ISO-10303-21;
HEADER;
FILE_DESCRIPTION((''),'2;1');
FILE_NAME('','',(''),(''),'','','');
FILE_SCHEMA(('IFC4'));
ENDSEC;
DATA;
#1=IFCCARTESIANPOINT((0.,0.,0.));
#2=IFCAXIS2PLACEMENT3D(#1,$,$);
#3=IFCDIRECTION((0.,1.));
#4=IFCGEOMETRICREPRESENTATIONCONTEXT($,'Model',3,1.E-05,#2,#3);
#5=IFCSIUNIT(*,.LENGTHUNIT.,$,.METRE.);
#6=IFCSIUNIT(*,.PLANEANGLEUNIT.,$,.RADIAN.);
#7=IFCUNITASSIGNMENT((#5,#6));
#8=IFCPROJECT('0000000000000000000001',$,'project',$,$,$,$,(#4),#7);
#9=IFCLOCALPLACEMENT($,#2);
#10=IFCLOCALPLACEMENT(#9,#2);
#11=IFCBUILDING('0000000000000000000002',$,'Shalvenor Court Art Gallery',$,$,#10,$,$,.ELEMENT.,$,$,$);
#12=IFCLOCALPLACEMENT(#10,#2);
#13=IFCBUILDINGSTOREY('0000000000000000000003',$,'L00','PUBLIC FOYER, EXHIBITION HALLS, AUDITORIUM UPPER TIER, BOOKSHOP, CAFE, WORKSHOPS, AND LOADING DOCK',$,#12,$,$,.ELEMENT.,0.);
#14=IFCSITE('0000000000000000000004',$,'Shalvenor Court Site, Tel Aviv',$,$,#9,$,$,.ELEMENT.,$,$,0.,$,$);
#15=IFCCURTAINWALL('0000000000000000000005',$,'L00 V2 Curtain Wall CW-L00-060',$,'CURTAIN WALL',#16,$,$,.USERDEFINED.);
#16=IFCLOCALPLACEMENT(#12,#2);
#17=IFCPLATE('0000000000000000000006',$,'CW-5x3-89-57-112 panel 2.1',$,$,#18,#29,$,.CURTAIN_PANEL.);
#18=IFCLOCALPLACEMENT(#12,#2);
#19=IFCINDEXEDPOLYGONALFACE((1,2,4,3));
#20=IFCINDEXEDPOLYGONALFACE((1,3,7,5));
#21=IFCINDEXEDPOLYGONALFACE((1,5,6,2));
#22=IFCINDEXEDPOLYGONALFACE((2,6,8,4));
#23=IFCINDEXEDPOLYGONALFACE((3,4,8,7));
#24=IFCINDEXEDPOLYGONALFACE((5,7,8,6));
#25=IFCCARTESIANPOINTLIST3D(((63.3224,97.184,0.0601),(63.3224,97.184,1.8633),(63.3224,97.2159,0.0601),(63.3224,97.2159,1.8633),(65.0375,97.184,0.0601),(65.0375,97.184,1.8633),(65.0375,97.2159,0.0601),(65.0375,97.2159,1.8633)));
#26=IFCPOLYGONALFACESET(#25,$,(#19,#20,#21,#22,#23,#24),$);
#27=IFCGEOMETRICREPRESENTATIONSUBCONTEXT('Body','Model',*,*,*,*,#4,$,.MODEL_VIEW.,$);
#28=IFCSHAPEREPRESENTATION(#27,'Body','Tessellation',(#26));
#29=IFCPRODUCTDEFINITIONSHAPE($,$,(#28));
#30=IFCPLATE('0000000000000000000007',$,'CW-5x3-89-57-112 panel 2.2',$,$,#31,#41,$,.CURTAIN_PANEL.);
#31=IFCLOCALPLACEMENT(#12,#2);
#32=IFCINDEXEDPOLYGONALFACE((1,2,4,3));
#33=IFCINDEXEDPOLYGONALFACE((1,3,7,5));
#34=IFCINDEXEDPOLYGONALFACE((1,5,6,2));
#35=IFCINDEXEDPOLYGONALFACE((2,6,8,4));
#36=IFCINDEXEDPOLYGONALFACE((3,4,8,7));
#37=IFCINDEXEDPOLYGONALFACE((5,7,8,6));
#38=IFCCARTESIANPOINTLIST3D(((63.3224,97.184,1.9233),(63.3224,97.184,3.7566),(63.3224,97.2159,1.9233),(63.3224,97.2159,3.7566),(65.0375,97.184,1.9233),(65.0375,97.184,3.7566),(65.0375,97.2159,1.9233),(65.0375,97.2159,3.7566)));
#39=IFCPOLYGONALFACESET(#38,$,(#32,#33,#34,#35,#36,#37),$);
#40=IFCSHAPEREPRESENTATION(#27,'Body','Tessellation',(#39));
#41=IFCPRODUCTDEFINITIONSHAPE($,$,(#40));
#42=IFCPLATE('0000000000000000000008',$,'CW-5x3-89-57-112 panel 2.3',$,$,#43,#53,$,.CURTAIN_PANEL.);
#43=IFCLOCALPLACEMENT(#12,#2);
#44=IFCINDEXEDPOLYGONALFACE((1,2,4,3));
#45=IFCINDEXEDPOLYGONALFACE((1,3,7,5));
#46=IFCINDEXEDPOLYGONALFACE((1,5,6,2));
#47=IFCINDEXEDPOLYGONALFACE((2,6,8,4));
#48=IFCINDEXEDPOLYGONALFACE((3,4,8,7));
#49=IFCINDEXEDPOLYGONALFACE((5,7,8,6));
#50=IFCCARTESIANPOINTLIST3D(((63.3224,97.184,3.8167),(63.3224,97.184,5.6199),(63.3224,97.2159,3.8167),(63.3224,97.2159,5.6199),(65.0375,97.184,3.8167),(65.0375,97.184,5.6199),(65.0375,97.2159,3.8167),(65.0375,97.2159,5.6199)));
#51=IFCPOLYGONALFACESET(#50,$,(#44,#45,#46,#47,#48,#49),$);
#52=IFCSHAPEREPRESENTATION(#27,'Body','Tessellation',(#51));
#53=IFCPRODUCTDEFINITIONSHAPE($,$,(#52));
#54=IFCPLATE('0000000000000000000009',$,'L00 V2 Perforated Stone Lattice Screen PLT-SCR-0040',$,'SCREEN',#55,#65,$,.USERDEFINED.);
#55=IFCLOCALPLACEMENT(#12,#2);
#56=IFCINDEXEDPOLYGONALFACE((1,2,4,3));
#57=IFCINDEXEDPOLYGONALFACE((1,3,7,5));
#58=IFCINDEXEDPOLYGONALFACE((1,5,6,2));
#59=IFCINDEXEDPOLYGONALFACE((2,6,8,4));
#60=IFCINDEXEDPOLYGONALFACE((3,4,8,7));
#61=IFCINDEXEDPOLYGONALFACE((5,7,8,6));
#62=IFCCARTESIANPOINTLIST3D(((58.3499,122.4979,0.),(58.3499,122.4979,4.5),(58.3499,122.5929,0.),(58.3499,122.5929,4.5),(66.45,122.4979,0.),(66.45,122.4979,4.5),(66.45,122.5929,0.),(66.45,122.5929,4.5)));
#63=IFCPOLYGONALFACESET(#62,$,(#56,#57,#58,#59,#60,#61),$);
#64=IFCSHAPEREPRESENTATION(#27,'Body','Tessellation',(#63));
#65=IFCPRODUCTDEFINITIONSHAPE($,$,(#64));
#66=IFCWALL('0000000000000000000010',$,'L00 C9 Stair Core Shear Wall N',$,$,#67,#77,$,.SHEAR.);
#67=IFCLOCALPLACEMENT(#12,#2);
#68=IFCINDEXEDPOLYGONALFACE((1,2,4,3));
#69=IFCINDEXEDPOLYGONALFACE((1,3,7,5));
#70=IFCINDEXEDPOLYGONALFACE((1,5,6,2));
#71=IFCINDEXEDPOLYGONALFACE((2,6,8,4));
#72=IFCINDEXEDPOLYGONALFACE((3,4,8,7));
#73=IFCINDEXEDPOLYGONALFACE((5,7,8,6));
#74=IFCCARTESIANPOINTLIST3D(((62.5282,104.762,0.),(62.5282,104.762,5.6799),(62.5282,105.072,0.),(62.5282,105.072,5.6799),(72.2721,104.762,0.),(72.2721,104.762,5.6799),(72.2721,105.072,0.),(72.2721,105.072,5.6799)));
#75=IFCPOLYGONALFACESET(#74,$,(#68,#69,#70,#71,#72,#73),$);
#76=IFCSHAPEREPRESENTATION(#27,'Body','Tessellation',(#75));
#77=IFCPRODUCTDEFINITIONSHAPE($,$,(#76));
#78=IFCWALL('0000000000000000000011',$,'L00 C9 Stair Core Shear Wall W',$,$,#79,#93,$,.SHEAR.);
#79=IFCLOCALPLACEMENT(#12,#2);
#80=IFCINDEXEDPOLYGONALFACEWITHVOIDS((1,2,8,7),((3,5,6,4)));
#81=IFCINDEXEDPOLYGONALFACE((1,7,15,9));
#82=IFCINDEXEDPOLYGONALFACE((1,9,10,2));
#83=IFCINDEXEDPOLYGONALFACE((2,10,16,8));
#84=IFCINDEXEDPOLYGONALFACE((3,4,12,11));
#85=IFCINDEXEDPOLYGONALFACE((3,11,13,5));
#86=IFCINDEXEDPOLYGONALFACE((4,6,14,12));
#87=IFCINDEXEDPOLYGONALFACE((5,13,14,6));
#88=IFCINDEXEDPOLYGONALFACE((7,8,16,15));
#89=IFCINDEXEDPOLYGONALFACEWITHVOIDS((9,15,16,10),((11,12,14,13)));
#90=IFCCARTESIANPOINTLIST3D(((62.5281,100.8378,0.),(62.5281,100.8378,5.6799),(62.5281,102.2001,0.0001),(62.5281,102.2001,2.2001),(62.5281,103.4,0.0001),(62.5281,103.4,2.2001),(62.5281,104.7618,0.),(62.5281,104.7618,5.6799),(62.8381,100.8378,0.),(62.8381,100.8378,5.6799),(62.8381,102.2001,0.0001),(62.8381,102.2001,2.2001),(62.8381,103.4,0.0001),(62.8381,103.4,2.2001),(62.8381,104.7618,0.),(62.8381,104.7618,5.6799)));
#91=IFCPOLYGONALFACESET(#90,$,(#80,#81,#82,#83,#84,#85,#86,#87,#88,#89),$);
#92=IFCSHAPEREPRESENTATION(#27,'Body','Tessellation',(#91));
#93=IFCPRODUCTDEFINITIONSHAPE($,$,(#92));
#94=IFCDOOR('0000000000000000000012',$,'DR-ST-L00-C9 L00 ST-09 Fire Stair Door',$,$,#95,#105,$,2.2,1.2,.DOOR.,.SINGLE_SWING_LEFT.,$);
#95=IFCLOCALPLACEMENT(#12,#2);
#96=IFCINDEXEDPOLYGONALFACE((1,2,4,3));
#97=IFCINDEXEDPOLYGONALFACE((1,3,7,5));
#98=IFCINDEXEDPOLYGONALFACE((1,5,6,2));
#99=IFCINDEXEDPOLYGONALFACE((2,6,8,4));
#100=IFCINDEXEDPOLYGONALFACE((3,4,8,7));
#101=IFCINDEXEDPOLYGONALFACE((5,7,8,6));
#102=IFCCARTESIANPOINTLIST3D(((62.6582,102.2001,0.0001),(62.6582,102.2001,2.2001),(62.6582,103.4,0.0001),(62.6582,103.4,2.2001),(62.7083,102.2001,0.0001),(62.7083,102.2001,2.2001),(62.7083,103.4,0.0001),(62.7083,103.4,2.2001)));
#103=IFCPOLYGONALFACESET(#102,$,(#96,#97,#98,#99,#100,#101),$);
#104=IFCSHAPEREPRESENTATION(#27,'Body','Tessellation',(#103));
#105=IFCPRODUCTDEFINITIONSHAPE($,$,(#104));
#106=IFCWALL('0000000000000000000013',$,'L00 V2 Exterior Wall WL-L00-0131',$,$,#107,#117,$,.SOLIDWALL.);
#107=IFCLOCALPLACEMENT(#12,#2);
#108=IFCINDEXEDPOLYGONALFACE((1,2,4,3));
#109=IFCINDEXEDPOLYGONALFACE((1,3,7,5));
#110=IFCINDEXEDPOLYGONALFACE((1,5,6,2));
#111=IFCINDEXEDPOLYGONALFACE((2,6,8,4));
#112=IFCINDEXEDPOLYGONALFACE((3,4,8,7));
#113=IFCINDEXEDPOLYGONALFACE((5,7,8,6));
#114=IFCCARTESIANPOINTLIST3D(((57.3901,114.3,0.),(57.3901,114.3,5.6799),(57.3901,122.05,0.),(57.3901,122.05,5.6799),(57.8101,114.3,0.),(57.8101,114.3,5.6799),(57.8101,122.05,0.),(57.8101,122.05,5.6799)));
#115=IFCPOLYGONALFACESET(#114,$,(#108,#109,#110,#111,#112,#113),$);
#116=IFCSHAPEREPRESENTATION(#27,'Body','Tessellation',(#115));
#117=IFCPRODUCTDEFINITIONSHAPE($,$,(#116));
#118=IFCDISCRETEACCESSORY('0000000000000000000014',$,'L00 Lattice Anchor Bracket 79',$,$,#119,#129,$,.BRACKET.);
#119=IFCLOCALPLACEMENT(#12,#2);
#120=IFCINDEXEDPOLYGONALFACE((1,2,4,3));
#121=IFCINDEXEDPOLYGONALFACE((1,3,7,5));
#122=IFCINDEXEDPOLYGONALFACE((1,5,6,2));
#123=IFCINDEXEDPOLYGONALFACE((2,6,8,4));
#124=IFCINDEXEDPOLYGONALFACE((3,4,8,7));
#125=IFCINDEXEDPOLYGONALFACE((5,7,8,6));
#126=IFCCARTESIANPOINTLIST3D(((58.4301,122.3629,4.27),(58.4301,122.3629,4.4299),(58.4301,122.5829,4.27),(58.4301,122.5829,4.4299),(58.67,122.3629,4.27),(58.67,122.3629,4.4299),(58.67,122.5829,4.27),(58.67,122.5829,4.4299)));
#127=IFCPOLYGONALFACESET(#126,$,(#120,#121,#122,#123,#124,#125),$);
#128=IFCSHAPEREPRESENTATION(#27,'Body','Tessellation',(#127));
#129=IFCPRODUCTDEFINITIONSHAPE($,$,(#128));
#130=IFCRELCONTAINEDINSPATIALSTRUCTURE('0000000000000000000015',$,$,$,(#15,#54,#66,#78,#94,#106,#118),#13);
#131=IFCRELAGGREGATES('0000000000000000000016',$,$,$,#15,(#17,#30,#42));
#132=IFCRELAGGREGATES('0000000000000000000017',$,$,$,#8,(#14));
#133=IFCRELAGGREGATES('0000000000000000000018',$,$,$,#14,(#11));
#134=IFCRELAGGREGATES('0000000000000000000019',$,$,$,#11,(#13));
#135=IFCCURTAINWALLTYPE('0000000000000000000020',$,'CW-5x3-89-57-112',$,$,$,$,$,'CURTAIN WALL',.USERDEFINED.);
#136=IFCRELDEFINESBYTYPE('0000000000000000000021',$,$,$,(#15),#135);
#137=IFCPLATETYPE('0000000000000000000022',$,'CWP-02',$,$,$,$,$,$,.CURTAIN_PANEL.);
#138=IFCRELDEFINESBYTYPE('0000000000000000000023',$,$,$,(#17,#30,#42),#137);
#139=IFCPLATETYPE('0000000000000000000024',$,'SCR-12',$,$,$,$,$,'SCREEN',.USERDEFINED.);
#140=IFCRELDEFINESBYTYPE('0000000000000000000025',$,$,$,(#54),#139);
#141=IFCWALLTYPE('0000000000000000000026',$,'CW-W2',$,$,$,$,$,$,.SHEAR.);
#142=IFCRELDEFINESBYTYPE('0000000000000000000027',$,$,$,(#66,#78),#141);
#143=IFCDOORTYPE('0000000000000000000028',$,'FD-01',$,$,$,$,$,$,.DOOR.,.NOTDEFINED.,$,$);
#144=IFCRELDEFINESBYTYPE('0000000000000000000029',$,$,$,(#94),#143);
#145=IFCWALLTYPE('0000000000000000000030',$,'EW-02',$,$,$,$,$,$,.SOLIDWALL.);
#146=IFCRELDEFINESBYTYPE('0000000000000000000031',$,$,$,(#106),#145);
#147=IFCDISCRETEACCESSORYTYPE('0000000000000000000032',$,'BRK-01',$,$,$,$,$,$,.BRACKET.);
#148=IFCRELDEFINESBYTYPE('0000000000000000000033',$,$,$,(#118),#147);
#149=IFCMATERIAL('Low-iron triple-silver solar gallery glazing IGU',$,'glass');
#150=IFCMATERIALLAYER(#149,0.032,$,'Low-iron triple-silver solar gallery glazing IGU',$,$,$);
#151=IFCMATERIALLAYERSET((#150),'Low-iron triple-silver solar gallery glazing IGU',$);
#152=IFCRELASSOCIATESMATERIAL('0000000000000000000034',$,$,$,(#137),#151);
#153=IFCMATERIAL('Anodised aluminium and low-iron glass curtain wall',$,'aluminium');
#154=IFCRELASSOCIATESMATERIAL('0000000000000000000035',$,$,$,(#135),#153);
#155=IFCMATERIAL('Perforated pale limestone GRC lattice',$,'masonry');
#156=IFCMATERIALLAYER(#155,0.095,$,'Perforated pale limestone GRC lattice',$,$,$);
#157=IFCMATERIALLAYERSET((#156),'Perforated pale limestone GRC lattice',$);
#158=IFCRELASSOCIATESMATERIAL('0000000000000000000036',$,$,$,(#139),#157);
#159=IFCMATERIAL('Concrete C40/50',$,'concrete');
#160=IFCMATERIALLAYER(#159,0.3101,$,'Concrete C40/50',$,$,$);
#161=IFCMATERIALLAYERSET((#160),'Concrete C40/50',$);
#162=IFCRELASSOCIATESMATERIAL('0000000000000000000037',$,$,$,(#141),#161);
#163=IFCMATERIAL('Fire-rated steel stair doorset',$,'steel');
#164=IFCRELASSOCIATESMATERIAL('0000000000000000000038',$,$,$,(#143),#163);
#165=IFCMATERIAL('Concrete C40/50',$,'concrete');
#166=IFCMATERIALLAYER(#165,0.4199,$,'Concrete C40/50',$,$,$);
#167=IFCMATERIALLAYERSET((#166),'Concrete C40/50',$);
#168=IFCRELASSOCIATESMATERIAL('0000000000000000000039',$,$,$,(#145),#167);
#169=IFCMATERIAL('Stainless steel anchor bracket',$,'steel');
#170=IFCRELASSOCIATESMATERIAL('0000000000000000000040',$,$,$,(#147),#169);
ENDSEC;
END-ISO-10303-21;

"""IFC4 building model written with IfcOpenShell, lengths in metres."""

from ifc_helpers import new_model, si_unit, direction, frame, frame_2d, origin, origin_2d, place, context, subcontext, project, spatial, rectangle, extrude, material, layer, layer_set, type_object, element, fill, aggregate, save


model = new_model("IFC4")

# Units and contexts
model_context = context("Model", 3, precision=1e-05, world=origin(), true_north=direction((0.0, 1.0)))
body_context = subcontext(model_context, "Body", "Model", "MODEL_VIEW")
ifc_project = project(units=[si_unit("LENGTHUNIT", "METRE"), si_unit("PLANEANGLEUNIT", "RADIAN")], contexts=[model_context])

# Site, building, storey
site_placement = place(None, origin())
site = spatial("IfcSite", under=ifc_project, at=site_placement, Name="Shalvenor Court Site, Tel Aviv", CompositionType="ELEMENT", RefElevation=0.0)
building_placement = place(site_placement, origin())
building = spatial("IfcBuilding", under=site, at=building_placement, Name="Shalvenor Court Art Gallery", CompositionType="ELEMENT")
storey_placement = place(building_placement, origin())
storey = spatial("IfcBuildingStorey", under=building, at=storey_placement, Name="L00", Description="PUBLIC FOYER, EXHIBITION HALLS, AUDITORIUM UPPER TIER, BOOKSHOP, CAFE, WORKSHOPS, AND LOADING DOCK", CompositionType="ELEMENT", Elevation=0.0)

# Shared definitions
ifc_material_1 = material(Name="Low-iron triple-silver solar gallery glazing IGU", Category="glass")
ifc_layer_1 = layer(ifc_material_1, 0.032, Name="Low-iron triple-silver solar gallery glazing IGU")
ifc_layer_set_1 = layer_set([ifc_layer_1], Name="Low-iron triple-silver solar gallery glazing IGU")
plate_type_1 = type_object("IfcPlateType", Name="CWP-02", PredefinedType="CURTAIN_PANEL", material=ifc_layer_set_1)

# Curtain wall, plates
ifc_material_2 = material(Name="Anodised aluminium and low-iron glass curtain wall", Category="aluminium")
curtain_wall_type_1 = type_object("IfcCurtainWallType", Name="CW-5x3-89-57-112", ElementType="CURTAIN WALL", PredefinedType="USERDEFINED", material=ifc_material_2)
curtain_wall_1_placement = place(storey_placement, origin())
curtain_wall_1 = element("IfcCurtainWall", 1, at=curtain_wall_1_placement, inside=storey, type_object=curtain_wall_type_1, Name="L00 V2 Curtain Wall CW-L00-060", ObjectType="CURTAIN WALL", PredefinedType="USERDEFINED")
plate_1_placement = place(storey_placement, frame((64.1799, 97.2, 0.0601), z_axis=(0.0, 0.0, 1.0), x_axis=(-1.0, 0.0, 0.0)))
plate_1 = element("IfcPlate", 2, at=plate_1_placement, type_object=plate_type_1, Name="CW-5x3-89-57-112 panel 2.1", PredefinedType="CURTAIN_PANEL", context=body_context, shape_type="SweptSolid", body=[
    extrude(rectangle(XDim=1.7151, YDim=0.032, at=origin_2d()), origin(), (0.0, 0.0, 1.0), 1.8032),
])
plate_2_placement = place(storey_placement, frame((64.1799, 97.2, 1.9233), z_axis=(0.0, 0.0, 1.0), x_axis=(-1.0, 0.0, 0.0)))
plate_2 = element("IfcPlate", 3, at=plate_2_placement, type_object=plate_type_1, Name="CW-5x3-89-57-112 panel 2.2", PredefinedType="CURTAIN_PANEL", context=body_context, shape_type="SweptSolid", body=[
    extrude(rectangle(XDim=1.7151, YDim=0.032, at=origin_2d()), origin(), (0.0, 0.0, 1.0), 1.8333),
])
plate_3_placement = place(storey_placement, frame((64.1799, 97.2, 3.8167), z_axis=(0.0, 0.0, 1.0), x_axis=(-1.0, 0.0, 0.0)))
plate_3 = element("IfcPlate", 4, at=plate_3_placement, type_object=plate_type_1, Name="CW-5x3-89-57-112 panel 2.3", PredefinedType="CURTAIN_PANEL", context=body_context, shape_type="SweptSolid", body=[
    extrude(rectangle(XDim=1.7151, YDim=0.032, at=origin_2d()), origin(), (0.0, 0.0, 1.0), 1.8032),
])
aggregate(curtain_wall_1, [plate_1, plate_2, plate_3])

# Plate
ifc_material_3 = material(Name="Perforated pale limestone GRC lattice", Category="masonry")
ifc_layer_2 = layer(ifc_material_3, 0.095, Name="Perforated pale limestone GRC lattice")
ifc_layer_set_2 = layer_set([ifc_layer_2], Name="Perforated pale limestone GRC lattice")
plate_type_2 = type_object("IfcPlateType", Name="SCR-12", ElementType="SCREEN", PredefinedType="USERDEFINED", material=ifc_layer_set_2)
plate_4_placement = place(storey_placement, frame((62.3999, 122.5454, 0.0), z_axis=(0.0, 0.0, 1.0), x_axis=(1.0, 0.0, 0.0)))
element("IfcPlate", 5, at=plate_4_placement, inside=storey, type_object=plate_type_2, Name="L00 V2 Perforated Stone Lattice Screen PLT-SCR-0040", ObjectType="SCREEN", PredefinedType="USERDEFINED", context=body_context, shape_type="SweptSolid", body=[
    extrude(rectangle(XDim=8.1001, YDim=0.095, at=origin_2d()), origin(), (0.0, 0.0, 1.0), 4.5),
])

# Wall
ifc_material_4 = material(Name="Concrete C40/50", Category="concrete")
ifc_layer_3 = layer(ifc_material_4, 0.3101, Name="Concrete C40/50")
ifc_layer_set_3 = layer_set([ifc_layer_3], Name="Concrete C40/50")
wall_type_1 = type_object("IfcWallType", Name="CW-W2", PredefinedType="SHEAR", material=ifc_layer_set_3)
wall_1_placement = place(storey_placement, frame((62.5281, 104.917, 0.0), z_axis=(0.0, 0.0, 1.0), x_axis=(1.0, 0.0, 0.0)))
element("IfcWall", 6, at=wall_1_placement, inside=storey, type_object=wall_type_1, Name="L00 C9 Stair Core Shear Wall N", PredefinedType="SHEAR", context=body_context, shape_type="SweptSolid", body=[
    extrude(rectangle(XDim=9.7439, YDim=0.3101, at=frame_2d((4.8721, 0.0))), origin(), (0.0, 0.0, 1.0), 5.6799),
])

# Wall, opening, door
wall_2_placement = place(storey_placement, frame((62.6831, 100.8379, 0.0), z_axis=(0.0, 0.0, 1.0), x_axis=(0.0, 1.0, 0.0)))
wall_2 = element("IfcWall", 7, at=wall_2_placement, inside=storey, type_object=wall_type_1, Name="L00 C9 Stair Core Shear Wall W", PredefinedType="SHEAR", context=body_context, shape_type="SweptSolid", body=[
    extrude(rectangle(XDim=3.9241, YDim=0.3101, at=frame_2d((1.9619, 0.0))), origin(), (0.0, 0.0, 1.0), 5.6799),
])
opening_placement = place(wall_2_placement, frame((1.3621, 0.0, 0.0)))
opening = element("IfcOpeningElement", 8, at=opening_placement, cuts=wall_2, PredefinedType="OPENING", context=body_context, shape_type="SweptSolid", body=[
    extrude(rectangle(XDim=1.2, YDim=2.2, at=frame_2d((0.6001, 1.1001))), frame((0.0, 0.165, 0.0), z_axis=(0.0, -1.0, 0.0), x_axis=(1.0, 0.0, 0.0)), (0.0, 0.0, 1.0), 0.3301),
])
ifc_material_5 = material(Name="Fire-rated steel stair doorset", Category="steel")
door_type = type_object("IfcDoorType", Name="FD-01", OperationType="NOTDEFINED", PredefinedType="DOOR", material=ifc_material_5)
door_placement = place(opening_placement, origin())
door = element("IfcDoor", 9, at=door_placement, inside=storey, type_object=door_type, Name="DR-ST-L00-C9 L00 ST-09 Fire Stair Door", OperationType="SINGLE_SWING_LEFT", OverallHeight=2.2, OverallWidth=1.2, PredefinedType="DOOR", context=body_context, shape_type="SweptSolid", body=[
    extrude(rectangle(XDim=1.2, YDim=2.2, at=frame_2d((0.6001, 1.1001))), frame((0.0, 0.0249, 0.0), z_axis=(0.0, -1.0, 0.0), x_axis=(1.0, 0.0, 0.0)), (0.0, 0.0, 1.0), 0.05),
])
fill(opening, door)

# Wall
ifc_material_6 = material(Name="Concrete C40/50", Category="concrete")
ifc_layer_4 = layer(ifc_material_6, 0.4199, Name="Concrete C40/50")
ifc_layer_set_4 = layer_set([ifc_layer_4], Name="Concrete C40/50")
wall_type_2 = type_object("IfcWallType", Name="EW-02", PredefinedType="SOLIDWALL", material=ifc_layer_set_4)
wall_3_placement = place(storey_placement, frame((57.6001, 114.3, 0.0), z_axis=(0.0, 0.0, 1.0), x_axis=(0.0, 1.0, 0.0)))
element("IfcWall", 10, at=wall_3_placement, inside=storey, type_object=wall_type_2, Name="L00 V2 Exterior Wall WL-L00-0131", PredefinedType="SOLIDWALL", context=body_context, shape_type="SweptSolid", body=[
    extrude(rectangle(XDim=7.75, YDim=0.4199, at=frame_2d((3.875, 0.0))), origin(), (0.0, 0.0, 1.0), 5.6799),
])

# Discrete accessory
ifc_material_7 = material(Name="Stainless steel anchor bracket", Category="steel")
discrete_accessory_type = type_object("IfcDiscreteAccessoryType", Name="BRK-01", PredefinedType="BRACKET", material=ifc_material_7)
discrete_accessory_placement = place(storey_placement, frame((58.55, 122.4729, 4.27), z_axis=(0.0, 0.0, 1.0), x_axis=(1.0, 0.0, 0.0)))
element("IfcDiscreteAccessory", 11, at=discrete_accessory_placement, inside=storey, type_object=discrete_accessory_type, Name="L00 Lattice Anchor Bracket 79", PredefinedType="BRACKET", context=body_context, shape_type="SweptSolid", body=[
    extrude(rectangle(XDim=0.24, YDim=0.22, at=origin_2d()), origin(), (0.0, 0.0, 1.0), 0.1599),
])

save(model, "model.ifc")
